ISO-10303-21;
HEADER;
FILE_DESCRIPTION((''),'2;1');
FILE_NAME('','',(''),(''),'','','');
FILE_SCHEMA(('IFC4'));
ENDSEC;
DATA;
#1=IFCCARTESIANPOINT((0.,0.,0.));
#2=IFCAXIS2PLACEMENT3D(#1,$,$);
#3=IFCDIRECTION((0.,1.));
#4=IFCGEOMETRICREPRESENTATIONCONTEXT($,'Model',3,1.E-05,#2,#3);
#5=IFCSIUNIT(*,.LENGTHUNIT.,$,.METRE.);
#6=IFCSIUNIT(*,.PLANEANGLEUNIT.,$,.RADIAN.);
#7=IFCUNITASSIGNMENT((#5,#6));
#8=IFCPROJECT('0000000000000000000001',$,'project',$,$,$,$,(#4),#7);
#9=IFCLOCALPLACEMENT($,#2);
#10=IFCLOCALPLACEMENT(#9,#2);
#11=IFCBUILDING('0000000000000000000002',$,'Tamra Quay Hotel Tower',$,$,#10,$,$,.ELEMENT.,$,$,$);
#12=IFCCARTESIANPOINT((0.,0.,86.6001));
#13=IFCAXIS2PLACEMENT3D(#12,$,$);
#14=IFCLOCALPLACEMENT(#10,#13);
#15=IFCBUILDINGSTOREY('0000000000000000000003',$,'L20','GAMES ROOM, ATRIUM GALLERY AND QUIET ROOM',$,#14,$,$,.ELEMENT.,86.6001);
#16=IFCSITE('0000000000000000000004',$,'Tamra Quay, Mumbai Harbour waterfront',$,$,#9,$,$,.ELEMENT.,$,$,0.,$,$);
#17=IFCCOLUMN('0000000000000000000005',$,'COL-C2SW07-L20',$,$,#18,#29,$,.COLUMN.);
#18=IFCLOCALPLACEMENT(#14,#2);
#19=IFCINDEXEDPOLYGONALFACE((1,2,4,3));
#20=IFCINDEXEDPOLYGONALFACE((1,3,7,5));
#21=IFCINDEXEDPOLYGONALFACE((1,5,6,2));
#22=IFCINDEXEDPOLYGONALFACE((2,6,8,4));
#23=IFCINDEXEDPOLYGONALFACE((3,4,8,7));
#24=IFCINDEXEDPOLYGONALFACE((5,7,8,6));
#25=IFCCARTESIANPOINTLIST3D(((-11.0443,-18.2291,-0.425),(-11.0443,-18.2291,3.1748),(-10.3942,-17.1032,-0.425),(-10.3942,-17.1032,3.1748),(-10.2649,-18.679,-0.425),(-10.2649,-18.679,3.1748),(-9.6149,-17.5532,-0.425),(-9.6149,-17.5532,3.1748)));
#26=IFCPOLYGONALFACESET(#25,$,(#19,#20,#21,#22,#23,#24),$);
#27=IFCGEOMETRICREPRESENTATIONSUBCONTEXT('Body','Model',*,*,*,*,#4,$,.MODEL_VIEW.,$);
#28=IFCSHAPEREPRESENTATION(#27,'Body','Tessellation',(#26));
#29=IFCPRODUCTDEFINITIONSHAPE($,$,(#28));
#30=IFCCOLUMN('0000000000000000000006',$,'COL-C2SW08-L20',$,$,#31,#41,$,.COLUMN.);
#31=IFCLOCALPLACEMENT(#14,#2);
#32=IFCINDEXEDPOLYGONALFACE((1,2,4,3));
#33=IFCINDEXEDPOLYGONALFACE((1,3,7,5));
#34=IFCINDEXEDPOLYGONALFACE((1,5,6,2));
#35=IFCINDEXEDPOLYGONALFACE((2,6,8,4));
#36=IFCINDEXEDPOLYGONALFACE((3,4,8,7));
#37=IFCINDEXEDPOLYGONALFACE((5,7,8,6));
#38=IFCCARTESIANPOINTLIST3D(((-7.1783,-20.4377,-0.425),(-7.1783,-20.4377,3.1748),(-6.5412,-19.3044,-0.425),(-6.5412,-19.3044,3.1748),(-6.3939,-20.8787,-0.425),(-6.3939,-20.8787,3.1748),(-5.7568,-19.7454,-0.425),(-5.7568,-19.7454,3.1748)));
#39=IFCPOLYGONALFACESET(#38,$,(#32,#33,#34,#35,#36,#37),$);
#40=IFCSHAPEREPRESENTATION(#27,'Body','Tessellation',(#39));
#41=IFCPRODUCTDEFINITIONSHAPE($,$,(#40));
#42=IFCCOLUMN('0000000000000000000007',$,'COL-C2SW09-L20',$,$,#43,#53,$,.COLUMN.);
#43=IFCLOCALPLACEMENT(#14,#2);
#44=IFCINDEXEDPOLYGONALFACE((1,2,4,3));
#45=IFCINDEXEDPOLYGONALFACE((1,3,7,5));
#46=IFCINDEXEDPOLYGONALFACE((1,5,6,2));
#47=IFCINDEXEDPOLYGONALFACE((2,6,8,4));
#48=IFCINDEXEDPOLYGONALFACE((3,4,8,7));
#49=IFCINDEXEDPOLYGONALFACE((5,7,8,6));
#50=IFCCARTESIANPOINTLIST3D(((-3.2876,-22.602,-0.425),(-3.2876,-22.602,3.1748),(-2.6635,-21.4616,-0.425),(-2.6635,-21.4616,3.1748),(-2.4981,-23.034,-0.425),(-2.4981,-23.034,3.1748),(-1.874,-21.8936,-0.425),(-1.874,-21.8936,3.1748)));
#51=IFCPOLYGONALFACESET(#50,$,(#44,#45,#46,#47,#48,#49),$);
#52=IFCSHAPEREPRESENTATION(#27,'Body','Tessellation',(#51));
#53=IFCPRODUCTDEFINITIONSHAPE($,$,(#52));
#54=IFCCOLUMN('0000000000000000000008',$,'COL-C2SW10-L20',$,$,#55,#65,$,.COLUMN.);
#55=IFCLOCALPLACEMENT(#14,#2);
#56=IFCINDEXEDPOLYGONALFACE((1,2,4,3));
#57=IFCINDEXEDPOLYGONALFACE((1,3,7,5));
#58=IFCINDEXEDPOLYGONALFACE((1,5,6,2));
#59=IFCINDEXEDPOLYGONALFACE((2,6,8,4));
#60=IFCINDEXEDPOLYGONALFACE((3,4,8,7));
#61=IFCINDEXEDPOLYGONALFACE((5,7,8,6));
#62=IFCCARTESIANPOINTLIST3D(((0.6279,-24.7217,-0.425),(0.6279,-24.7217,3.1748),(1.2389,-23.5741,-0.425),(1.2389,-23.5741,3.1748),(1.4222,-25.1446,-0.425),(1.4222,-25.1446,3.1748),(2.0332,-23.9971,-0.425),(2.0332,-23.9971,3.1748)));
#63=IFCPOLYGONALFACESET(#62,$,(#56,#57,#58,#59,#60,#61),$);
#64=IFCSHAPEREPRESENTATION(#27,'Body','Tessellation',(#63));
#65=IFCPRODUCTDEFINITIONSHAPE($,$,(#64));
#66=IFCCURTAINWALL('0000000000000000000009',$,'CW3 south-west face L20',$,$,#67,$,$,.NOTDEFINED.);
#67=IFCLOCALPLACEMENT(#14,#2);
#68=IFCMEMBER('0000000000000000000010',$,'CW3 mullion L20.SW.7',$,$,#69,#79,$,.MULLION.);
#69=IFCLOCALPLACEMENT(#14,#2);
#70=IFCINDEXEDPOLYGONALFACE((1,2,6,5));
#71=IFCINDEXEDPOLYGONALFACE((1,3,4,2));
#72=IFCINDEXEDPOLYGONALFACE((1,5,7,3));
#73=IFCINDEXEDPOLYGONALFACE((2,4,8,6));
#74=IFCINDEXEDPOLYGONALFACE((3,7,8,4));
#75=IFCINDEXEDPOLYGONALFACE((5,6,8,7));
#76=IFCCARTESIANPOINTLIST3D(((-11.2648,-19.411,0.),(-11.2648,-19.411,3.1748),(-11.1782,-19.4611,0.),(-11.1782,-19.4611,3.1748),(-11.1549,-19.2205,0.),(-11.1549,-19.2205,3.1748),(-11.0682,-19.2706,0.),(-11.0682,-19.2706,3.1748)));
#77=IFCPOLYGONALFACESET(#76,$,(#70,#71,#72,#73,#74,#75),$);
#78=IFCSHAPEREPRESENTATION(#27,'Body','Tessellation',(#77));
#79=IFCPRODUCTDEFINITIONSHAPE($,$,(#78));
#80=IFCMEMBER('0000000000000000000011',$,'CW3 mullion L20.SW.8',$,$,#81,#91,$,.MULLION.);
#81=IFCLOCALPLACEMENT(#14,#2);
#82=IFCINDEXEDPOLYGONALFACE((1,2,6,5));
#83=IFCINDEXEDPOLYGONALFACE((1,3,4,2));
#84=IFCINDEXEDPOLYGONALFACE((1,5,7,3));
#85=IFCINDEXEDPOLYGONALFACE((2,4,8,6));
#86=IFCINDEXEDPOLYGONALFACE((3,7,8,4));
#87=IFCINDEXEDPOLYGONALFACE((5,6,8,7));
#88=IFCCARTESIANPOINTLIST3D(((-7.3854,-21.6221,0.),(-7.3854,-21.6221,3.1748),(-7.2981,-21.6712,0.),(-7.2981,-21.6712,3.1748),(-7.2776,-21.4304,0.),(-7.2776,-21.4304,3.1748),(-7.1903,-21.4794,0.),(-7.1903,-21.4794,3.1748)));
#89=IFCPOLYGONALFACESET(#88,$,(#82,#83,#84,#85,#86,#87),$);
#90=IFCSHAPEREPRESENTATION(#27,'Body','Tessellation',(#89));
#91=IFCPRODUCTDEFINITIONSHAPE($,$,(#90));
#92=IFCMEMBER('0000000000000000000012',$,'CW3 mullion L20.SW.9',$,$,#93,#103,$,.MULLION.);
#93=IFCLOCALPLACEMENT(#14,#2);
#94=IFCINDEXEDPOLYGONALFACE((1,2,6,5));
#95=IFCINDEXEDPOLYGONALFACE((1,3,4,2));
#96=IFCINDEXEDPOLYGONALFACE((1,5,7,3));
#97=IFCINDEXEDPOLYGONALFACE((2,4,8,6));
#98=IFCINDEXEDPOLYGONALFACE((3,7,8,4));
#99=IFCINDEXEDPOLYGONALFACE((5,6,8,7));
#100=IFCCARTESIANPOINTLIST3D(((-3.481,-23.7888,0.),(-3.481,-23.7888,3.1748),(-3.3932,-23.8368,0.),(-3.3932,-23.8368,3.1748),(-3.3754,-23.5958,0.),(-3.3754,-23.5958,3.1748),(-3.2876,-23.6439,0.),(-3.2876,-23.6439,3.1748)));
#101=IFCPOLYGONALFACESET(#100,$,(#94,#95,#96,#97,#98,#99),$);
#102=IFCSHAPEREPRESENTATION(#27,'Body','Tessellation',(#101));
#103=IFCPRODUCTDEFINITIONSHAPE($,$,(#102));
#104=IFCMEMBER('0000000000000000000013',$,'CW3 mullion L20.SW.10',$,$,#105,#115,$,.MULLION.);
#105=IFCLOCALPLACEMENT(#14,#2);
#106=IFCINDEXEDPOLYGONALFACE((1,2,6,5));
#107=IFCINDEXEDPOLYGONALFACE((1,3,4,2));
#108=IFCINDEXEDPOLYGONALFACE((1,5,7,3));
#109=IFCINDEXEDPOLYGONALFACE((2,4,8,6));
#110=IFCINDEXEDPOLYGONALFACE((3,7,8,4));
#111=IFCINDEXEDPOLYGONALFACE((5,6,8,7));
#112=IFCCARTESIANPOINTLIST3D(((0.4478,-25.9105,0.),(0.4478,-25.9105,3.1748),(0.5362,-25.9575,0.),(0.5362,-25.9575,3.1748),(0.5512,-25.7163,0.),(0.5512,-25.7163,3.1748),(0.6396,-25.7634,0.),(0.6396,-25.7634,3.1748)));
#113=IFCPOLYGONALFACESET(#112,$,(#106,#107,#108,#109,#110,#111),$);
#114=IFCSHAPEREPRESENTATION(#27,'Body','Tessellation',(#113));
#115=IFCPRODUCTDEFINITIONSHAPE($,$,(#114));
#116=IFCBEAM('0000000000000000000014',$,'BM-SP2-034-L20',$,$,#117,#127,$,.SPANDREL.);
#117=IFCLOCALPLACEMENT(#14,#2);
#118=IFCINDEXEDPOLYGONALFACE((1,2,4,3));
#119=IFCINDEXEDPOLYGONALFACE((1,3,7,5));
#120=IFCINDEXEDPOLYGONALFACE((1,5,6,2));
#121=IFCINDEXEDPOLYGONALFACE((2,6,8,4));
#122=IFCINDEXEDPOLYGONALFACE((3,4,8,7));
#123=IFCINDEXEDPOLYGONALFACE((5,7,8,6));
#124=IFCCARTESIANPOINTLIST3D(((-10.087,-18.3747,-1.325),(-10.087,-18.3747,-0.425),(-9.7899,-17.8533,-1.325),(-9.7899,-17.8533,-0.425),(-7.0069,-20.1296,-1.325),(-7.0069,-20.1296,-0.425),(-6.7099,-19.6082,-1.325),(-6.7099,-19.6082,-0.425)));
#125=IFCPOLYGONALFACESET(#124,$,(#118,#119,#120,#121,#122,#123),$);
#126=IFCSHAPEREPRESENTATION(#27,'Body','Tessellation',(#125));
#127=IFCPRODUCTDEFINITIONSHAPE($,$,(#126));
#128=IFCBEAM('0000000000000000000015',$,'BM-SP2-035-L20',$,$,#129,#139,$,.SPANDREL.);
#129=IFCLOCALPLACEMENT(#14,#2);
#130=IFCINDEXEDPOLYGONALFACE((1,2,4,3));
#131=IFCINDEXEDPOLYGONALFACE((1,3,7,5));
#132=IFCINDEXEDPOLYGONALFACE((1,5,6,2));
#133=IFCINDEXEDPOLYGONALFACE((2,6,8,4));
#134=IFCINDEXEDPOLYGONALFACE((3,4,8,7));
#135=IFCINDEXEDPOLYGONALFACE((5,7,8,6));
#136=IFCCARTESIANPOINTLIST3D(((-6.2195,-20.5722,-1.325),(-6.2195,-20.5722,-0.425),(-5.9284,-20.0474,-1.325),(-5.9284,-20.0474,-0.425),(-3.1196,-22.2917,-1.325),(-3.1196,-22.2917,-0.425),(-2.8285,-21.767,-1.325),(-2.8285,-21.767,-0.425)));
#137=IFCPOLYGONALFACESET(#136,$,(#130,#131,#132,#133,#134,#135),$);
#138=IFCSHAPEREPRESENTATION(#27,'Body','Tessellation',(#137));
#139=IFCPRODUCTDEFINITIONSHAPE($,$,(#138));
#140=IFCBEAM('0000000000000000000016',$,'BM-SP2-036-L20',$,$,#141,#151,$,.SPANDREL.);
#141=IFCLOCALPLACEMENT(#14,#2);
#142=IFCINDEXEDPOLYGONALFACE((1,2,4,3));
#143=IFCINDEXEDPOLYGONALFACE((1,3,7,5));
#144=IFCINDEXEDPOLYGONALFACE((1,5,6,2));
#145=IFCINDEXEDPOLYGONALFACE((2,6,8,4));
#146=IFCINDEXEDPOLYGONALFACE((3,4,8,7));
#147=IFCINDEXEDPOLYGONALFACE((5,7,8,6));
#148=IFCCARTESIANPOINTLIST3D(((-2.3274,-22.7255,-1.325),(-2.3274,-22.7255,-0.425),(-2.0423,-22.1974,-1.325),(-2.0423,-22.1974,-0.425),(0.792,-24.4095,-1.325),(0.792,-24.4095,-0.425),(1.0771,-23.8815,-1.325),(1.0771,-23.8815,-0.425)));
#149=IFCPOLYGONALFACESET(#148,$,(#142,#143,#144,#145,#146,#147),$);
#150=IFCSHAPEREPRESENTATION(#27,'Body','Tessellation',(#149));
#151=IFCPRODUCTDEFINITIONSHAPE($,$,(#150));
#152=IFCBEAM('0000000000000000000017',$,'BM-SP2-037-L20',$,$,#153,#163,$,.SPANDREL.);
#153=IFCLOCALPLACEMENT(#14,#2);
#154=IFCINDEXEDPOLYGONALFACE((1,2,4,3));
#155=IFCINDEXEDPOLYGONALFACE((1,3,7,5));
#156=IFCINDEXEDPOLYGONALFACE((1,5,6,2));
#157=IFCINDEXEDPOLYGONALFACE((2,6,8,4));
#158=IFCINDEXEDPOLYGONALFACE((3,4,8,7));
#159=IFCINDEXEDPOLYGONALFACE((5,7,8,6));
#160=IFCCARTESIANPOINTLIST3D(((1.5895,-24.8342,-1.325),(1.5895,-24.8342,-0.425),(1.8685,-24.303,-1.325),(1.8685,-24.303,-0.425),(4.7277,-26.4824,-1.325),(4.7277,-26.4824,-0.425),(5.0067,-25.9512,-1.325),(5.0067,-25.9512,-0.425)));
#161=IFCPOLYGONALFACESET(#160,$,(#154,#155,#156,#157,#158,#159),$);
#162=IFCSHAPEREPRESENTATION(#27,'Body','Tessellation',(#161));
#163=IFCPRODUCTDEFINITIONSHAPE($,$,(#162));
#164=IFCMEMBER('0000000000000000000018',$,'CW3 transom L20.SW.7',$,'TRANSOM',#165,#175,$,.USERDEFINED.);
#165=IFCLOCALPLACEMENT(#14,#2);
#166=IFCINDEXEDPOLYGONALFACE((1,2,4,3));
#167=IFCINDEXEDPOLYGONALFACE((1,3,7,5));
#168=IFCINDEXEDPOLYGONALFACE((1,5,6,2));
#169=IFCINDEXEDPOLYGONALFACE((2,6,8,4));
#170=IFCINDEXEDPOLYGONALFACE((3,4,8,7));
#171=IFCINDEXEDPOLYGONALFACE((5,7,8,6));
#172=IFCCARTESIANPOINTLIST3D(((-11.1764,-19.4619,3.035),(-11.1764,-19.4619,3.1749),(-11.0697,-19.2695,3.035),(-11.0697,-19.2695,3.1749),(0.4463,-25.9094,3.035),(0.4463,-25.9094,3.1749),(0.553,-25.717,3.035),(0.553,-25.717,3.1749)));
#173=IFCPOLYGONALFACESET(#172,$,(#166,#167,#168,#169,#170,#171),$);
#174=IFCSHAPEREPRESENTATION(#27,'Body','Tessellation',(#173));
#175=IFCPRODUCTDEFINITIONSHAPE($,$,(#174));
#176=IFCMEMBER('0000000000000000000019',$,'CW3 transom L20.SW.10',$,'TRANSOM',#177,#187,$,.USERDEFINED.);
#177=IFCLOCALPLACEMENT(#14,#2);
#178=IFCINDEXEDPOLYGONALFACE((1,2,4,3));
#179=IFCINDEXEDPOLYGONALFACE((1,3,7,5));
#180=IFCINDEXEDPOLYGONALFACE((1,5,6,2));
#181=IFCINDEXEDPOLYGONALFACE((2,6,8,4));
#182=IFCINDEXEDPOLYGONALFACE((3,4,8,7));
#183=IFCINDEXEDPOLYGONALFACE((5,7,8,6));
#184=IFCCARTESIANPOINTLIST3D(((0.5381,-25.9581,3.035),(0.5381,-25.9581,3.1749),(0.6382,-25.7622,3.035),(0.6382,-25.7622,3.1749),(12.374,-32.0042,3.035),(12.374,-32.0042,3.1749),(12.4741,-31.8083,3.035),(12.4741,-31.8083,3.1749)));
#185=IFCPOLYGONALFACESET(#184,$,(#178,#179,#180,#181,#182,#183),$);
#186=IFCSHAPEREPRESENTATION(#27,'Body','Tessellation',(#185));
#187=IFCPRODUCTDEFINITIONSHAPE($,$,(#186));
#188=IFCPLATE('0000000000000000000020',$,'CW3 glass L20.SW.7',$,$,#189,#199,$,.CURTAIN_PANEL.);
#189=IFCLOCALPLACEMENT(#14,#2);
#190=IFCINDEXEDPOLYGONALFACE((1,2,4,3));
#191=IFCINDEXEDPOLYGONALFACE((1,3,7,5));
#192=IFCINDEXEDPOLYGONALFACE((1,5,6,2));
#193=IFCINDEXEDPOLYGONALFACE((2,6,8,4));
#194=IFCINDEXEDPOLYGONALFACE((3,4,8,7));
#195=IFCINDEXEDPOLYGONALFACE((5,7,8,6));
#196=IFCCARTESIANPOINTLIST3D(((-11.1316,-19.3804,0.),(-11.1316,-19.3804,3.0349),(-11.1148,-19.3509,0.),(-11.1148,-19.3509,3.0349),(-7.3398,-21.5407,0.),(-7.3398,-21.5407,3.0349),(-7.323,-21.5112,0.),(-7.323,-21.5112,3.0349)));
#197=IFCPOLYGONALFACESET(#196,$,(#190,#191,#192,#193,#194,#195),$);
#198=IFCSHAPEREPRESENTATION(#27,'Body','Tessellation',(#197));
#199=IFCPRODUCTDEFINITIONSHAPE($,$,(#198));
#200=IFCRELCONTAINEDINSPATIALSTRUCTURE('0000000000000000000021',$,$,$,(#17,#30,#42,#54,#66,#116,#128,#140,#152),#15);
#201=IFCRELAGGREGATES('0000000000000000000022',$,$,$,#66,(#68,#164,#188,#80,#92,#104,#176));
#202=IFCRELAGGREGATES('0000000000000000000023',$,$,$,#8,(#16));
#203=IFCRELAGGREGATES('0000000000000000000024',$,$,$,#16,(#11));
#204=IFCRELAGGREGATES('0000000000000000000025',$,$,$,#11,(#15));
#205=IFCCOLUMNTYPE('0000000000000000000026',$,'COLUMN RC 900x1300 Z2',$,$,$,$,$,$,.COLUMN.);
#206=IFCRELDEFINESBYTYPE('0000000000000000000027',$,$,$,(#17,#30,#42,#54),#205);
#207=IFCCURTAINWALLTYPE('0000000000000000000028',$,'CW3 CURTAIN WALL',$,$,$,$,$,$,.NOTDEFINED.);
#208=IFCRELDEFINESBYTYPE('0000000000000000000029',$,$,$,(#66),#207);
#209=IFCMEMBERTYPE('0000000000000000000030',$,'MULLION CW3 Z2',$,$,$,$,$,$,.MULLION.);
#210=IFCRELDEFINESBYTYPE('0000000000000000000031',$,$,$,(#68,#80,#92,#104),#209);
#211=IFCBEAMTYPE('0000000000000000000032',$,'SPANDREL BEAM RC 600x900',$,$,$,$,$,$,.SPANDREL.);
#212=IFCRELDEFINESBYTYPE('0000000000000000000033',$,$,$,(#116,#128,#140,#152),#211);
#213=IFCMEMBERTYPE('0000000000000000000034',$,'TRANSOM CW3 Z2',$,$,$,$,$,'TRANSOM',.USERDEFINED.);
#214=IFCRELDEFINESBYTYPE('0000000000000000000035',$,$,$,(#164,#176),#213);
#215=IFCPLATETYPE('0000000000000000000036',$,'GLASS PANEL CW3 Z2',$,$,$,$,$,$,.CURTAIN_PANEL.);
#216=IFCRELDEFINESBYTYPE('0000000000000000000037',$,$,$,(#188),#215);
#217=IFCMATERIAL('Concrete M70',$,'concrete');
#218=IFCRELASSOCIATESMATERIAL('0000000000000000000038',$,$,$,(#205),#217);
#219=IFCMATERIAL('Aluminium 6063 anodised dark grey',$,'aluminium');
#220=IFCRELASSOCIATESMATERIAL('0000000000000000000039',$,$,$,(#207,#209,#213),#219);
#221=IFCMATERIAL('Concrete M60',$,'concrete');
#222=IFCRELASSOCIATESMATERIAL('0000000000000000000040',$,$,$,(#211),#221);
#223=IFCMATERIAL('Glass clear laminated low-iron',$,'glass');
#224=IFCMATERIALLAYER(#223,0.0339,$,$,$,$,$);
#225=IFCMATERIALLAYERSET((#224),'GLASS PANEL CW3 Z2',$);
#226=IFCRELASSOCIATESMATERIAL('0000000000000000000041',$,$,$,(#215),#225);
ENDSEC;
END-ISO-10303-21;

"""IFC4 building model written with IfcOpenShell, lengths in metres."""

from ifc_helpers import new_model, si_unit, direction, frame, origin, origin_2d, place, context, subcontext, project, spatial, rectangle, extrude, material, layer, layer_set, material_profile, profile_set, type_object, element, aggregate, save


model = new_model("IFC4")

# Units and contexts
model_context = context("Model", 3, precision=1e-05, world=origin(), true_north=direction((0.0, 1.0)))
body_context = subcontext(model_context, "Body", "Model", "MODEL_VIEW")
ifc_project = project(units=[si_unit("LENGTHUNIT", "METRE"), si_unit("PLANEANGLEUNIT", "RADIAN")], contexts=[model_context])

# Site, building, storey
site_placement = place(None, origin())
site = spatial("IfcSite", under=ifc_project, at=site_placement, Name="Tamra Quay, Mumbai Harbour waterfront", CompositionType="ELEMENT", RefElevation=0.0)
building_placement = place(site_placement, origin())
building = spatial("IfcBuilding", under=site, at=building_placement, Name="Tamra Quay Hotel Tower", CompositionType="ELEMENT")
storey_placement = place(building_placement, frame((0.0, 0.0, 86.6001)))
storey = spatial("IfcBuildingStorey", under=building, at=storey_placement, Name="L20", Description="GAMES ROOM, ATRIUM GALLERY AND QUIET ROOM", CompositionType="ELEMENT", Elevation=86.6001)

# Columns
ifc_material_1 = material(Name="Concrete M70", Category="concrete")
ifc_material_profile_1 = material_profile(ifc_material_1, rectangle(XDim=1.3, YDim=0.8999, at=origin_2d()), Name="COLUMN RC 900x1300 Z2")
ifc_profile_set_1 = profile_set([ifc_material_profile_1], Name="Concrete M70")
column_type = type_object("IfcColumnType", Name="COLUMN RC 900x1300 Z2", PredefinedType="COLUMN", material=ifc_profile_set_1)
for number, where, z_axis, x_axis, name in (
    (1, (-10.3296, -17.8911, -0.425), (0.0, 0.0, 1.0), (0.5, 0.866025, 0.0), "COL-C2SW07-L20"),
    (2, (-6.4675, -20.0916, -0.425), (0.0, 0.0, 1.0), (0.490061, 0.871688, 0.0), "COL-C2SW08-L20"),
    (3, (-2.5808, -22.2478, -0.425), (0.0, 0.0, 1.0), (0.48006, 0.877236, 0.0), "COL-C2SW09-L20"),
    (4, (1.3306, -24.3594, -0.425), (0.0, 0.0, 1.0), (0.470002, 0.882666, 0.0), "COL-C2SW10-L20"),
):
    element("IfcColumn", number, at=place(storey_placement, frame(where, z_axis=z_axis, x_axis=x_axis)), inside=storey, type_object=column_type, Name=name, PredefinedType="COLUMN", context=body_context, shape_type="SweptSolid", body=[
        extrude(rectangle(XDim=1.3, YDim=0.8999, at=origin_2d()), origin(), (0.0, 0.0, 1.0), 3.5999),
    ])

# Curtain wall, members
ifc_material_2 = material(Name="Aluminium 6063 anodised dark grey", Category="aluminium")
curtain_wall_type = type_object("IfcCurtainWallType", Name="CW3 CURTAIN WALL", PredefinedType="NOTDEFINED", material=ifc_material_2)
curtain_wall_placement = place(storey_placement, origin())
curtain_wall = element("IfcCurtainWall", 5, at=curtain_wall_placement, inside=storey, type_object=curtain_wall_type, Name="CW3 south-west face L20", PredefinedType="NOTDEFINED")
ifc_material_profile_2 = material_profile(ifc_material_2, rectangle(XDim=0.22, YDim=0.1001, at=origin_2d()), Name="MULLION 100X220")
ifc_profile_set_2 = profile_set([ifc_material_profile_2], Name="Aluminium 6063 anodised dark grey")
member_type_1 = type_object("IfcMemberType", Name="MULLION CW3 Z2", PredefinedType="MULLION", material=ifc_profile_set_2)
member_1_placement = place(storey_placement, frame((-11.1665, -19.3408, 0.0), z_axis=(0.0, 0.0, 1.0), x_axis=(-0.5, -0.866025, 0.0)))
member_1 = element("IfcMember", 6, at=member_1_placement, type_object=member_type_1, Name="CW3 mullion L20.SW.7", PredefinedType="MULLION", context=body_context, shape_type="SweptSolid", body=[
    extrude(rectangle(XDim=0.22, YDim=0.1001, at=origin_2d()), origin(), (0.0, 0.0, 1.0), 3.1748),
])
member_2_placement = place(storey_placement, frame((-7.2878, -21.5508, 0.0), z_axis=(0.0, 0.0, 1.0), x_axis=(-0.490074, -0.871681, 0.0)))
member_2 = element("IfcMember", 7, at=member_2_placement, type_object=member_type_1, Name="CW3 mullion L20.SW.8", PredefinedType="MULLION", context=body_context, shape_type="SweptSolid", body=[
    extrude(rectangle(XDim=0.22, YDim=0.1001, at=origin_2d()), origin(), (0.0, 0.0, 1.0), 3.1748),
])
member_3_placement = place(storey_placement, frame((-3.3843, -23.7163, 0.0), z_axis=(0.0, 0.0, 1.0), x_axis=(-0.480089, -0.87722, 0.0)))
member_3 = element("IfcMember", 8, at=member_3_placement, type_object=member_type_1, Name="CW3 mullion L20.SW.9", PredefinedType="MULLION", context=body_context, shape_type="SweptSolid", body=[
    extrude(rectangle(XDim=0.22, YDim=0.1001, at=origin_2d()), origin(), (0.0, 0.0, 1.0), 3.1748),
])
member_4_placement = place(storey_placement, frame((0.5437, -25.8369, 0.0), z_axis=(0.0, 0.0, 1.0), x_axis=(-0.470049, -0.88264, 0.0)))
member_4 = element("IfcMember", 9, at=member_4_placement, type_object=member_type_1, Name="CW3 mullion L20.SW.10", PredefinedType="MULLION", context=body_context, shape_type="SweptSolid", body=[
    extrude(rectangle(XDim=0.22, YDim=0.1001, at=origin_2d()), origin(), (0.0, 0.0, 1.0), 3.1748),
])

# Beams
ifc_material_3 = material(Name="Concrete M60", Category="concrete")
ifc_material_profile_3 = material_profile(ifc_material_3, rectangle(XDim=0.6001, YDim=0.8999, at=origin_2d()), Name="SPANDREL BEAM RC 600x900")
ifc_profile_set_3 = profile_set([ifc_material_profile_3], Name="Concrete M60")
beam_type = type_object("IfcBeamType", Name="SPANDREL BEAM RC 600x900", PredefinedType="SPANDREL", material=ifc_profile_set_3)
for number, where, z_axis, x_axis, name in (
    (10, (-9.9385, -18.114, -0.875), (0.86887, -0.495041, 0.0), (0.495041, 0.86887, 0.0), "BM-SP2-034-L20"),
    (11, (-6.074, -20.3098, -0.875), (0.874475, -0.48507, 0.0), (0.48507, 0.874475, 0.0), "BM-SP2-035-L20"),
    (12, (-2.1848, -22.4614, -0.875), (0.879951, -0.475065, 0.0), (0.475065, 0.879951, 0.0), "BM-SP2-036-L20"),
):
    element("IfcBeam", number, at=place(storey_placement, frame(where, z_axis=z_axis, x_axis=x_axis)), inside=storey, type_object=beam_type, Name=name, PredefinedType="SPANDREL", context=body_context, shape_type="SweptSolid", body=[
        extrude(rectangle(XDim=0.6001, YDim=0.8999, at=origin_2d()), origin(), (0.0, 0.0, 1.0), 3.5449),
    ])
beam_placement = place(storey_placement, frame((1.729, -24.5686, -0.875), z_axis=(0.885323, -0.464977, 0.0), x_axis=(0.464977, 0.885323, 0.0)))
element("IfcBeam", 13, at=beam_placement, inside=storey, type_object=beam_type, Name="BM-SP2-037-L20", PredefinedType="SPANDREL", context=body_context, shape_type="SweptSolid", body=[
    extrude(rectangle(XDim=0.6001, YDim=0.8999, at=origin_2d()), origin(), (0.0, 0.0, 1.0), 3.5447),
])

# Members
ifc_material_profile_4 = material_profile(ifc_material_2, rectangle(XDim=0.22, YDim=0.1399, at=origin_2d()), Name="TRANSOM 220X140")
ifc_profile_set_4 = profile_set([ifc_material_profile_4], Name="Aluminium 6063 anodised dark grey")
member_type_2 = type_object("IfcMemberType", Name="TRANSOM CW3 Z2", ElementType="TRANSOM", PredefinedType="USERDEFINED", material=ifc_profile_set_4)
member_5_placement = place(storey_placement, frame((-11.123, -19.3657, 3.105), z_axis=(0.874464, -0.485091, 0.0), x_axis=(0.485091, 0.874464, 0.0)))
member_5 = element("IfcMember", 14, at=member_5_placement, type_object=member_type_2, Name="CW3 transom L20.SW.7", ObjectType="TRANSOM", PredefinedType="USERDEFINED", context=body_context, shape_type="SweptSolid", body=[
    extrude(rectangle(XDim=0.22, YDim=0.1399, at=origin_2d()), origin(), (0.0, 0.0, 1.0), 13.2913),
])
member_6_placement = place(storey_placement, frame((0.5881, -25.8601, 3.105), z_axis=(0.890536, -0.454912, 0.0), x_axis=(0.454912, 0.890536, 0.0)))
member_6 = element("IfcMember", 15, at=member_6_placement, type_object=member_type_2, Name="CW3 transom L20.SW.10", ObjectType="TRANSOM", PredefinedType="USERDEFINED", context=body_context, shape_type="SweptSolid", body=[
    extrude(rectangle(XDim=0.22, YDim=0.1399, at=origin_2d()), origin(), (0.0, 0.0, 1.0), 13.2908),
])

# Plate
ifc_material_4 = material(Name="Glass clear laminated low-iron", Category="glass")
ifc_layer_1 = layer(ifc_material_4, 0.0339)
ifc_layer_set_1 = layer_set([ifc_layer_1], Name="GLASS PANEL CW3 Z2")
plate_type = type_object("IfcPlateType", Name="GLASS PANEL CW3 Z2", PredefinedType="CURTAIN_PANEL", material=ifc_layer_set_1)
plate_1_placement = place(storey_placement, frame((-9.2273, -20.4458, 0.0), z_axis=(0.0, 0.0, 1.0), x_axis=(0.868868, -0.495045, 0.0)))
plate_1 = element("IfcPlate", 16, at=plate_1_placement, type_object=plate_type, Name="CW3 glass L20.SW.7", PredefinedType="CURTAIN_PANEL", context=body_context, shape_type="SweptSolid", body=[
    extrude(rectangle(XDim=4.364, YDim=0.0339, at=origin_2d()), origin(), (0.0, 0.0, 1.0), 3.0349),
])
aggregate(curtain_wall, [member_1, member_5, plate_1, member_2, member_3, member_4, member_6])

save(model, "model.ifc")
